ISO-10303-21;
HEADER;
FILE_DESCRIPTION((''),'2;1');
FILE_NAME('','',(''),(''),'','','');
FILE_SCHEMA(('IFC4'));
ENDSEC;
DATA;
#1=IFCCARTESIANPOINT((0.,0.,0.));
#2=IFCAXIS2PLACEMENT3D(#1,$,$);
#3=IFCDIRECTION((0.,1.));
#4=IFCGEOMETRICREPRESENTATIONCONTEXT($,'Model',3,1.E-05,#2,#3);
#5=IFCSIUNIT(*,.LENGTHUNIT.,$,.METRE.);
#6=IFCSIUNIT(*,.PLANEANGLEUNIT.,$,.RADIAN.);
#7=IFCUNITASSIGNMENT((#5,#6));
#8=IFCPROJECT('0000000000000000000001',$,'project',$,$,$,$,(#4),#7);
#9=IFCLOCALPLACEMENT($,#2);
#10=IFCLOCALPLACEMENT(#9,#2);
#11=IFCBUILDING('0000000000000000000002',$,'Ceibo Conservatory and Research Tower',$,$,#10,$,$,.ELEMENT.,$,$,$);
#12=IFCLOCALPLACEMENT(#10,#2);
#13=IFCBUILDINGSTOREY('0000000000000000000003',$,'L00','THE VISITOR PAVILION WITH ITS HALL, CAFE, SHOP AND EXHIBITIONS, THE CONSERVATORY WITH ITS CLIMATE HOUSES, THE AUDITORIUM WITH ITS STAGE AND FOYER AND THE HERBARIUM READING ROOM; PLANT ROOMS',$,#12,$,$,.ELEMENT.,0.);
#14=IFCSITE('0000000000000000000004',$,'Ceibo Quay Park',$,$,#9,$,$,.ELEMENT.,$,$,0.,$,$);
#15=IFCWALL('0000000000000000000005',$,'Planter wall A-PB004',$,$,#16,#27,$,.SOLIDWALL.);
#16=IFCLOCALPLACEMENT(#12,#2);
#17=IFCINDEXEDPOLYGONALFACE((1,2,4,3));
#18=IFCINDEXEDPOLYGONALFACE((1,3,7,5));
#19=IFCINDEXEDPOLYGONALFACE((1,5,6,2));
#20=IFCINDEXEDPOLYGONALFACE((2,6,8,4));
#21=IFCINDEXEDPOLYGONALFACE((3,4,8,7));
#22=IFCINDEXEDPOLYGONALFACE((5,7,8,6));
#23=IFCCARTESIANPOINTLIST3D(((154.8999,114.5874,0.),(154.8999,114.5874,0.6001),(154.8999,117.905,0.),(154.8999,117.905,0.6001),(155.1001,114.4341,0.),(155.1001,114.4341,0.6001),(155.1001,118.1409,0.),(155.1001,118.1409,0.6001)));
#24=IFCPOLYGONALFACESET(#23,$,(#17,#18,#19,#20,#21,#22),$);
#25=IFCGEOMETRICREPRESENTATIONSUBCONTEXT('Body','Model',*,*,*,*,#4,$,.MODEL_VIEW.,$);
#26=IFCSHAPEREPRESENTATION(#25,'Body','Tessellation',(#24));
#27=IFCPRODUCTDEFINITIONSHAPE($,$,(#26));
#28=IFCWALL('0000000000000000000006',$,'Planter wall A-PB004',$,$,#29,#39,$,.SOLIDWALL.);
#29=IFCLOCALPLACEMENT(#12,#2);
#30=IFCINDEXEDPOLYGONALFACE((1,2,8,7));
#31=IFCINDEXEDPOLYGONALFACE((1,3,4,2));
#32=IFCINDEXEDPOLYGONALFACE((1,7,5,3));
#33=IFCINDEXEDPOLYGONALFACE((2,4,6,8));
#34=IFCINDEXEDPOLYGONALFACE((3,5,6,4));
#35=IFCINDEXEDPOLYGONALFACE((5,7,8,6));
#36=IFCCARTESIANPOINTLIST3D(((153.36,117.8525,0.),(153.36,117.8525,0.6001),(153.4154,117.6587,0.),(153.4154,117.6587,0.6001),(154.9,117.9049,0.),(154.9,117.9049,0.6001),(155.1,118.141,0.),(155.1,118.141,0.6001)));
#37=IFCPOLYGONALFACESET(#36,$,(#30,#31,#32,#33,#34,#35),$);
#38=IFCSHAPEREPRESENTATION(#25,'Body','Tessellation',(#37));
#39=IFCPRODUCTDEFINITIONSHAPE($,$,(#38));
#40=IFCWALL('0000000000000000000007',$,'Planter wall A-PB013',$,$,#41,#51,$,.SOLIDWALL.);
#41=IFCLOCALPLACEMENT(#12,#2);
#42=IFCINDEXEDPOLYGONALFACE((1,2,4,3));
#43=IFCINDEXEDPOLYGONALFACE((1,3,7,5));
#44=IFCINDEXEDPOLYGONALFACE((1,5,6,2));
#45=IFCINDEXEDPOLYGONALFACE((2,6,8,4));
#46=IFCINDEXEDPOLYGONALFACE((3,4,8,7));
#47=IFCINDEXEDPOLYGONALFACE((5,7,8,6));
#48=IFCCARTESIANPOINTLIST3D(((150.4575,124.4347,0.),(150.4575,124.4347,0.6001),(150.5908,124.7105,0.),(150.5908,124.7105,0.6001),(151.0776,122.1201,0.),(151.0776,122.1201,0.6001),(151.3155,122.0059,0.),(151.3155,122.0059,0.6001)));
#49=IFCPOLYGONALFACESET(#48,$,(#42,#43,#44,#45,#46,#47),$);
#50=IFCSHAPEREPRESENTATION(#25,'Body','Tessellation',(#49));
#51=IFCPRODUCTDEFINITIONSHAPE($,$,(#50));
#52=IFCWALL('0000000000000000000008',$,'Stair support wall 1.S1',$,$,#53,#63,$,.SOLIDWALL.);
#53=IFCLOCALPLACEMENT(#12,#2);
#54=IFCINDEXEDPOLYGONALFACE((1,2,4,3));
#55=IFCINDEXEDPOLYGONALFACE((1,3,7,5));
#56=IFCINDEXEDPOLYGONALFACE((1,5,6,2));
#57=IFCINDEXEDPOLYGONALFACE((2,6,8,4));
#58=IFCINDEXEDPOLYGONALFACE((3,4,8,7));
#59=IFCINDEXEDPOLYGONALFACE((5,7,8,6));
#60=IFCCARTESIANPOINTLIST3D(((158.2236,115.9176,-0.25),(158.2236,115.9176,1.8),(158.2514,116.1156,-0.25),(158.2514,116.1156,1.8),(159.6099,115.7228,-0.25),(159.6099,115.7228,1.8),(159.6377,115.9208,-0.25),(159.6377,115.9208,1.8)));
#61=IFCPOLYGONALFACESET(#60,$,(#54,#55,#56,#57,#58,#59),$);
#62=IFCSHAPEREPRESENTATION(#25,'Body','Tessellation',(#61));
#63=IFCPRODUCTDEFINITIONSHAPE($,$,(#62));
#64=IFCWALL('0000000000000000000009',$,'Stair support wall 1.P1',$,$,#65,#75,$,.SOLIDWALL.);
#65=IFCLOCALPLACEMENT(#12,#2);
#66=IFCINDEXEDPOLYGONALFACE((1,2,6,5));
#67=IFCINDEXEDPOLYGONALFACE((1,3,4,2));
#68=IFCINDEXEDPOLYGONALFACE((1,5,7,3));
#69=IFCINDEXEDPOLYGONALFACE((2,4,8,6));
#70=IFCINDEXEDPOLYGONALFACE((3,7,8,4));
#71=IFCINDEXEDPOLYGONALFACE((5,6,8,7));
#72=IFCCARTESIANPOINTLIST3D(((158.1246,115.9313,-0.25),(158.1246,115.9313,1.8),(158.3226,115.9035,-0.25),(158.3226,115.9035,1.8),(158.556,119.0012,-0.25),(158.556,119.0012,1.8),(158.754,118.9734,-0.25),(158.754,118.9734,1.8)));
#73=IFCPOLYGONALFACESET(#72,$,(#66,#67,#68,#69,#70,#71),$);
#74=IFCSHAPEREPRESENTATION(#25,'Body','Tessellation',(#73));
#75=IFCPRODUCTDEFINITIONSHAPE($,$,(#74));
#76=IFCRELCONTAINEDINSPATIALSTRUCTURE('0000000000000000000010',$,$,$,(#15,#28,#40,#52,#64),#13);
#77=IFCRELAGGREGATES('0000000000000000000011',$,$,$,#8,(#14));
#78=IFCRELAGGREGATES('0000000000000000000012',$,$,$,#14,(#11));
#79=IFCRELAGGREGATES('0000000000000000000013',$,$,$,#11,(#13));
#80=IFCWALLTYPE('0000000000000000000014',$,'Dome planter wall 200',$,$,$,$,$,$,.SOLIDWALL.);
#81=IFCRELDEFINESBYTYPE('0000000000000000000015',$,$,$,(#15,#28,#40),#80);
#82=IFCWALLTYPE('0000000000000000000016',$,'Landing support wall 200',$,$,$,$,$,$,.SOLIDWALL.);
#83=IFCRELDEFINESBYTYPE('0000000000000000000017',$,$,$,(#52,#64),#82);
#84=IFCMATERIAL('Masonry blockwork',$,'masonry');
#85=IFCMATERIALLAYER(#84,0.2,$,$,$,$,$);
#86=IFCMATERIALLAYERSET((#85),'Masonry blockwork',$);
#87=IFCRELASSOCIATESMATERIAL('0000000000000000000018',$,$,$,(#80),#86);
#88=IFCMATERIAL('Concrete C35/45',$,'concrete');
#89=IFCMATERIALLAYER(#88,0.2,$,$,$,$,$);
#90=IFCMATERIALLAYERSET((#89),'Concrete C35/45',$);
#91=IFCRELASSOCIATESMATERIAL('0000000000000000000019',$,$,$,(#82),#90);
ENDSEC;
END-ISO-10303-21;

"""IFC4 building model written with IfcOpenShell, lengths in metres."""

from ifc_helpers import new_model, si_unit, direction, frame, frame_2d, origin, place, context, subcontext, project, spatial, polyline, rectangle, outline, extrude, material, layer, layer_set, type_object, element, save


model = new_model("IFC4")

# Units and contexts
model_context = context("Model", 3, precision=1e-05, world=origin(), true_north=direction((0.0, 1.0)))
body_context = subcontext(model_context, "Body", "Model", "MODEL_VIEW")
ifc_project = project(units=[si_unit("LENGTHUNIT", "METRE"), si_unit("PLANEANGLEUNIT", "RADIAN")], contexts=[model_context])

# Site, building, storey
site_placement = place(None, origin())
site = spatial("IfcSite", under=ifc_project, at=site_placement, Name="Ceibo Quay Park", CompositionType="ELEMENT", RefElevation=0.0)
building_placement = place(site_placement, origin())
building = spatial("IfcBuilding", under=site, at=building_placement, Name="Ceibo Conservatory and Research Tower", CompositionType="ELEMENT")
storey_placement = place(building_placement, origin())
storey = spatial("IfcBuildingStorey", under=building, at=storey_placement, Name="L00", Description="THE VISITOR PAVILION WITH ITS HALL, CAFE, SHOP AND EXHIBITIONS, THE CONSERVATORY WITH ITS CLIMATE HOUSES, THE AUDITORIUM WITH ITS STAGE AND FOYER AND THE HERBARIUM READING ROOM; PLANT ROOMS", CompositionType="ELEMENT", Elevation=0.0)

# Walls
ifc_material_1 = material(Name="Masonry blockwork", Category="masonry")
ifc_layer_1 = layer(ifc_material_1, 0.2)
ifc_layer_set_1 = layer_set([ifc_layer_1], Name="Masonry blockwork")
wall_type_1 = type_object("IfcWallType", Name="Dome planter wall 200", PredefinedType="SOLIDWALL", material=ifc_layer_set_1)
wall_1_placement = place(storey_placement, frame((155.0, 114.5107, 0.0), z_axis=(0.0, 0.0, 1.0), x_axis=(0.0, 1.0, 0.0)))
element("IfcWall", 1, at=wall_1_placement, inside=storey, type_object=wall_type_1, Name="Planter wall A-PB004", PredefinedType="SOLIDWALL", context=body_context, shape_type="SweptSolid", body=[
    extrude(outline(polyline([(-0.0767, -0.1001), (3.6301, -0.1001), (3.3943, 0.1001), (0.0767, 0.1001), (-0.0767, -0.1001)])), origin(), (0.0, 0.0, 1.0), 0.6001),
])
wall_2_placement = place(storey_placement, frame((155.0, 118.0229, 0.0), z_axis=(0.0, 0.0, 1.0), x_axis=(-0.986531, -0.163575, 0.0)))
element("IfcWall", 2, at=wall_2_placement, inside=storey, type_object=wall_type_1, Name="Planter wall A-PB004", PredefinedType="SOLIDWALL", context=body_context, shape_type="SweptSolid", body=[
    extrude(outline(polyline([(-0.1179, -0.1001), (1.6458, -0.1001), (1.6228, 0.1001), (0.1179, 0.1001), (-0.1179, -0.1001)])), origin(), (0.0, 0.0, 1.0), 0.6001),
])
wall_3_placement = place(storey_placement, frame((151.1965, 122.063, 0.0), z_axis=(0.0, 0.0, 1.0), x_axis=(-0.258797, 0.965932, 0.0)))
element("IfcWall", 3, at=wall_3_placement, inside=storey, type_object=wall_type_1, Name="Planter wall A-PB013", PredefinedType="SOLIDWALL", context=body_context, shape_type="SweptSolid", body=[
    extrude(outline(polyline([(-0.0859, -0.1001), (2.7141, -0.1001), (2.4822, 0.1001), (0.0859, 0.1001), (-0.0859, -0.1001)])), origin(), (0.0, 0.0, 1.0), 0.6001),
])
ifc_material_2 = material(Name="Concrete C35/45", Category="concrete")
ifc_layer_2 = layer(ifc_material_2, 0.2)
ifc_layer_set_2 = layer_set([ifc_layer_2], Name="Concrete C35/45")
wall_type_2 = type_object("IfcWallType", Name="Landing support wall 200", PredefinedType="SOLIDWALL", material=ifc_layer_set_2)
wall_4_placement = place(storey_placement, frame((159.6238, 115.8218, -0.25), z_axis=(0.0, 0.0, 1.0), x_axis=(-0.990268, 0.139175, 0.0)))
element("IfcWall", 4, at=wall_4_placement, inside=storey, type_object=wall_type_2, Name="Stair support wall 1.S1", PredefinedType="SOLIDWALL", context=body_context, shape_type="SweptSolid", body=[
    extrude(rectangle(XDim=1.3999, YDim=0.2, at=frame_2d((0.7, 0.0))), origin(), (0.0, 0.0, 1.0), 2.05),
])
wall_5_placement = place(storey_placement, frame((158.655, 118.9873, -0.25), z_axis=(0.0, 0.0, 1.0), x_axis=(-0.139161, -0.99027, 0.0)))
element("IfcWall", 5, at=wall_5_placement, inside=storey, type_object=wall_type_2, Name="Stair support wall 1.P1", PredefinedType="SOLIDWALL", context=body_context, shape_type="SweptSolid", body=[
    extrude(rectangle(XDim=3.1001, YDim=0.2, at=frame_2d((1.55, 0.0))), origin(), (0.0, 0.0, 1.0), 2.05),
])

save(model, "model.ifc")
